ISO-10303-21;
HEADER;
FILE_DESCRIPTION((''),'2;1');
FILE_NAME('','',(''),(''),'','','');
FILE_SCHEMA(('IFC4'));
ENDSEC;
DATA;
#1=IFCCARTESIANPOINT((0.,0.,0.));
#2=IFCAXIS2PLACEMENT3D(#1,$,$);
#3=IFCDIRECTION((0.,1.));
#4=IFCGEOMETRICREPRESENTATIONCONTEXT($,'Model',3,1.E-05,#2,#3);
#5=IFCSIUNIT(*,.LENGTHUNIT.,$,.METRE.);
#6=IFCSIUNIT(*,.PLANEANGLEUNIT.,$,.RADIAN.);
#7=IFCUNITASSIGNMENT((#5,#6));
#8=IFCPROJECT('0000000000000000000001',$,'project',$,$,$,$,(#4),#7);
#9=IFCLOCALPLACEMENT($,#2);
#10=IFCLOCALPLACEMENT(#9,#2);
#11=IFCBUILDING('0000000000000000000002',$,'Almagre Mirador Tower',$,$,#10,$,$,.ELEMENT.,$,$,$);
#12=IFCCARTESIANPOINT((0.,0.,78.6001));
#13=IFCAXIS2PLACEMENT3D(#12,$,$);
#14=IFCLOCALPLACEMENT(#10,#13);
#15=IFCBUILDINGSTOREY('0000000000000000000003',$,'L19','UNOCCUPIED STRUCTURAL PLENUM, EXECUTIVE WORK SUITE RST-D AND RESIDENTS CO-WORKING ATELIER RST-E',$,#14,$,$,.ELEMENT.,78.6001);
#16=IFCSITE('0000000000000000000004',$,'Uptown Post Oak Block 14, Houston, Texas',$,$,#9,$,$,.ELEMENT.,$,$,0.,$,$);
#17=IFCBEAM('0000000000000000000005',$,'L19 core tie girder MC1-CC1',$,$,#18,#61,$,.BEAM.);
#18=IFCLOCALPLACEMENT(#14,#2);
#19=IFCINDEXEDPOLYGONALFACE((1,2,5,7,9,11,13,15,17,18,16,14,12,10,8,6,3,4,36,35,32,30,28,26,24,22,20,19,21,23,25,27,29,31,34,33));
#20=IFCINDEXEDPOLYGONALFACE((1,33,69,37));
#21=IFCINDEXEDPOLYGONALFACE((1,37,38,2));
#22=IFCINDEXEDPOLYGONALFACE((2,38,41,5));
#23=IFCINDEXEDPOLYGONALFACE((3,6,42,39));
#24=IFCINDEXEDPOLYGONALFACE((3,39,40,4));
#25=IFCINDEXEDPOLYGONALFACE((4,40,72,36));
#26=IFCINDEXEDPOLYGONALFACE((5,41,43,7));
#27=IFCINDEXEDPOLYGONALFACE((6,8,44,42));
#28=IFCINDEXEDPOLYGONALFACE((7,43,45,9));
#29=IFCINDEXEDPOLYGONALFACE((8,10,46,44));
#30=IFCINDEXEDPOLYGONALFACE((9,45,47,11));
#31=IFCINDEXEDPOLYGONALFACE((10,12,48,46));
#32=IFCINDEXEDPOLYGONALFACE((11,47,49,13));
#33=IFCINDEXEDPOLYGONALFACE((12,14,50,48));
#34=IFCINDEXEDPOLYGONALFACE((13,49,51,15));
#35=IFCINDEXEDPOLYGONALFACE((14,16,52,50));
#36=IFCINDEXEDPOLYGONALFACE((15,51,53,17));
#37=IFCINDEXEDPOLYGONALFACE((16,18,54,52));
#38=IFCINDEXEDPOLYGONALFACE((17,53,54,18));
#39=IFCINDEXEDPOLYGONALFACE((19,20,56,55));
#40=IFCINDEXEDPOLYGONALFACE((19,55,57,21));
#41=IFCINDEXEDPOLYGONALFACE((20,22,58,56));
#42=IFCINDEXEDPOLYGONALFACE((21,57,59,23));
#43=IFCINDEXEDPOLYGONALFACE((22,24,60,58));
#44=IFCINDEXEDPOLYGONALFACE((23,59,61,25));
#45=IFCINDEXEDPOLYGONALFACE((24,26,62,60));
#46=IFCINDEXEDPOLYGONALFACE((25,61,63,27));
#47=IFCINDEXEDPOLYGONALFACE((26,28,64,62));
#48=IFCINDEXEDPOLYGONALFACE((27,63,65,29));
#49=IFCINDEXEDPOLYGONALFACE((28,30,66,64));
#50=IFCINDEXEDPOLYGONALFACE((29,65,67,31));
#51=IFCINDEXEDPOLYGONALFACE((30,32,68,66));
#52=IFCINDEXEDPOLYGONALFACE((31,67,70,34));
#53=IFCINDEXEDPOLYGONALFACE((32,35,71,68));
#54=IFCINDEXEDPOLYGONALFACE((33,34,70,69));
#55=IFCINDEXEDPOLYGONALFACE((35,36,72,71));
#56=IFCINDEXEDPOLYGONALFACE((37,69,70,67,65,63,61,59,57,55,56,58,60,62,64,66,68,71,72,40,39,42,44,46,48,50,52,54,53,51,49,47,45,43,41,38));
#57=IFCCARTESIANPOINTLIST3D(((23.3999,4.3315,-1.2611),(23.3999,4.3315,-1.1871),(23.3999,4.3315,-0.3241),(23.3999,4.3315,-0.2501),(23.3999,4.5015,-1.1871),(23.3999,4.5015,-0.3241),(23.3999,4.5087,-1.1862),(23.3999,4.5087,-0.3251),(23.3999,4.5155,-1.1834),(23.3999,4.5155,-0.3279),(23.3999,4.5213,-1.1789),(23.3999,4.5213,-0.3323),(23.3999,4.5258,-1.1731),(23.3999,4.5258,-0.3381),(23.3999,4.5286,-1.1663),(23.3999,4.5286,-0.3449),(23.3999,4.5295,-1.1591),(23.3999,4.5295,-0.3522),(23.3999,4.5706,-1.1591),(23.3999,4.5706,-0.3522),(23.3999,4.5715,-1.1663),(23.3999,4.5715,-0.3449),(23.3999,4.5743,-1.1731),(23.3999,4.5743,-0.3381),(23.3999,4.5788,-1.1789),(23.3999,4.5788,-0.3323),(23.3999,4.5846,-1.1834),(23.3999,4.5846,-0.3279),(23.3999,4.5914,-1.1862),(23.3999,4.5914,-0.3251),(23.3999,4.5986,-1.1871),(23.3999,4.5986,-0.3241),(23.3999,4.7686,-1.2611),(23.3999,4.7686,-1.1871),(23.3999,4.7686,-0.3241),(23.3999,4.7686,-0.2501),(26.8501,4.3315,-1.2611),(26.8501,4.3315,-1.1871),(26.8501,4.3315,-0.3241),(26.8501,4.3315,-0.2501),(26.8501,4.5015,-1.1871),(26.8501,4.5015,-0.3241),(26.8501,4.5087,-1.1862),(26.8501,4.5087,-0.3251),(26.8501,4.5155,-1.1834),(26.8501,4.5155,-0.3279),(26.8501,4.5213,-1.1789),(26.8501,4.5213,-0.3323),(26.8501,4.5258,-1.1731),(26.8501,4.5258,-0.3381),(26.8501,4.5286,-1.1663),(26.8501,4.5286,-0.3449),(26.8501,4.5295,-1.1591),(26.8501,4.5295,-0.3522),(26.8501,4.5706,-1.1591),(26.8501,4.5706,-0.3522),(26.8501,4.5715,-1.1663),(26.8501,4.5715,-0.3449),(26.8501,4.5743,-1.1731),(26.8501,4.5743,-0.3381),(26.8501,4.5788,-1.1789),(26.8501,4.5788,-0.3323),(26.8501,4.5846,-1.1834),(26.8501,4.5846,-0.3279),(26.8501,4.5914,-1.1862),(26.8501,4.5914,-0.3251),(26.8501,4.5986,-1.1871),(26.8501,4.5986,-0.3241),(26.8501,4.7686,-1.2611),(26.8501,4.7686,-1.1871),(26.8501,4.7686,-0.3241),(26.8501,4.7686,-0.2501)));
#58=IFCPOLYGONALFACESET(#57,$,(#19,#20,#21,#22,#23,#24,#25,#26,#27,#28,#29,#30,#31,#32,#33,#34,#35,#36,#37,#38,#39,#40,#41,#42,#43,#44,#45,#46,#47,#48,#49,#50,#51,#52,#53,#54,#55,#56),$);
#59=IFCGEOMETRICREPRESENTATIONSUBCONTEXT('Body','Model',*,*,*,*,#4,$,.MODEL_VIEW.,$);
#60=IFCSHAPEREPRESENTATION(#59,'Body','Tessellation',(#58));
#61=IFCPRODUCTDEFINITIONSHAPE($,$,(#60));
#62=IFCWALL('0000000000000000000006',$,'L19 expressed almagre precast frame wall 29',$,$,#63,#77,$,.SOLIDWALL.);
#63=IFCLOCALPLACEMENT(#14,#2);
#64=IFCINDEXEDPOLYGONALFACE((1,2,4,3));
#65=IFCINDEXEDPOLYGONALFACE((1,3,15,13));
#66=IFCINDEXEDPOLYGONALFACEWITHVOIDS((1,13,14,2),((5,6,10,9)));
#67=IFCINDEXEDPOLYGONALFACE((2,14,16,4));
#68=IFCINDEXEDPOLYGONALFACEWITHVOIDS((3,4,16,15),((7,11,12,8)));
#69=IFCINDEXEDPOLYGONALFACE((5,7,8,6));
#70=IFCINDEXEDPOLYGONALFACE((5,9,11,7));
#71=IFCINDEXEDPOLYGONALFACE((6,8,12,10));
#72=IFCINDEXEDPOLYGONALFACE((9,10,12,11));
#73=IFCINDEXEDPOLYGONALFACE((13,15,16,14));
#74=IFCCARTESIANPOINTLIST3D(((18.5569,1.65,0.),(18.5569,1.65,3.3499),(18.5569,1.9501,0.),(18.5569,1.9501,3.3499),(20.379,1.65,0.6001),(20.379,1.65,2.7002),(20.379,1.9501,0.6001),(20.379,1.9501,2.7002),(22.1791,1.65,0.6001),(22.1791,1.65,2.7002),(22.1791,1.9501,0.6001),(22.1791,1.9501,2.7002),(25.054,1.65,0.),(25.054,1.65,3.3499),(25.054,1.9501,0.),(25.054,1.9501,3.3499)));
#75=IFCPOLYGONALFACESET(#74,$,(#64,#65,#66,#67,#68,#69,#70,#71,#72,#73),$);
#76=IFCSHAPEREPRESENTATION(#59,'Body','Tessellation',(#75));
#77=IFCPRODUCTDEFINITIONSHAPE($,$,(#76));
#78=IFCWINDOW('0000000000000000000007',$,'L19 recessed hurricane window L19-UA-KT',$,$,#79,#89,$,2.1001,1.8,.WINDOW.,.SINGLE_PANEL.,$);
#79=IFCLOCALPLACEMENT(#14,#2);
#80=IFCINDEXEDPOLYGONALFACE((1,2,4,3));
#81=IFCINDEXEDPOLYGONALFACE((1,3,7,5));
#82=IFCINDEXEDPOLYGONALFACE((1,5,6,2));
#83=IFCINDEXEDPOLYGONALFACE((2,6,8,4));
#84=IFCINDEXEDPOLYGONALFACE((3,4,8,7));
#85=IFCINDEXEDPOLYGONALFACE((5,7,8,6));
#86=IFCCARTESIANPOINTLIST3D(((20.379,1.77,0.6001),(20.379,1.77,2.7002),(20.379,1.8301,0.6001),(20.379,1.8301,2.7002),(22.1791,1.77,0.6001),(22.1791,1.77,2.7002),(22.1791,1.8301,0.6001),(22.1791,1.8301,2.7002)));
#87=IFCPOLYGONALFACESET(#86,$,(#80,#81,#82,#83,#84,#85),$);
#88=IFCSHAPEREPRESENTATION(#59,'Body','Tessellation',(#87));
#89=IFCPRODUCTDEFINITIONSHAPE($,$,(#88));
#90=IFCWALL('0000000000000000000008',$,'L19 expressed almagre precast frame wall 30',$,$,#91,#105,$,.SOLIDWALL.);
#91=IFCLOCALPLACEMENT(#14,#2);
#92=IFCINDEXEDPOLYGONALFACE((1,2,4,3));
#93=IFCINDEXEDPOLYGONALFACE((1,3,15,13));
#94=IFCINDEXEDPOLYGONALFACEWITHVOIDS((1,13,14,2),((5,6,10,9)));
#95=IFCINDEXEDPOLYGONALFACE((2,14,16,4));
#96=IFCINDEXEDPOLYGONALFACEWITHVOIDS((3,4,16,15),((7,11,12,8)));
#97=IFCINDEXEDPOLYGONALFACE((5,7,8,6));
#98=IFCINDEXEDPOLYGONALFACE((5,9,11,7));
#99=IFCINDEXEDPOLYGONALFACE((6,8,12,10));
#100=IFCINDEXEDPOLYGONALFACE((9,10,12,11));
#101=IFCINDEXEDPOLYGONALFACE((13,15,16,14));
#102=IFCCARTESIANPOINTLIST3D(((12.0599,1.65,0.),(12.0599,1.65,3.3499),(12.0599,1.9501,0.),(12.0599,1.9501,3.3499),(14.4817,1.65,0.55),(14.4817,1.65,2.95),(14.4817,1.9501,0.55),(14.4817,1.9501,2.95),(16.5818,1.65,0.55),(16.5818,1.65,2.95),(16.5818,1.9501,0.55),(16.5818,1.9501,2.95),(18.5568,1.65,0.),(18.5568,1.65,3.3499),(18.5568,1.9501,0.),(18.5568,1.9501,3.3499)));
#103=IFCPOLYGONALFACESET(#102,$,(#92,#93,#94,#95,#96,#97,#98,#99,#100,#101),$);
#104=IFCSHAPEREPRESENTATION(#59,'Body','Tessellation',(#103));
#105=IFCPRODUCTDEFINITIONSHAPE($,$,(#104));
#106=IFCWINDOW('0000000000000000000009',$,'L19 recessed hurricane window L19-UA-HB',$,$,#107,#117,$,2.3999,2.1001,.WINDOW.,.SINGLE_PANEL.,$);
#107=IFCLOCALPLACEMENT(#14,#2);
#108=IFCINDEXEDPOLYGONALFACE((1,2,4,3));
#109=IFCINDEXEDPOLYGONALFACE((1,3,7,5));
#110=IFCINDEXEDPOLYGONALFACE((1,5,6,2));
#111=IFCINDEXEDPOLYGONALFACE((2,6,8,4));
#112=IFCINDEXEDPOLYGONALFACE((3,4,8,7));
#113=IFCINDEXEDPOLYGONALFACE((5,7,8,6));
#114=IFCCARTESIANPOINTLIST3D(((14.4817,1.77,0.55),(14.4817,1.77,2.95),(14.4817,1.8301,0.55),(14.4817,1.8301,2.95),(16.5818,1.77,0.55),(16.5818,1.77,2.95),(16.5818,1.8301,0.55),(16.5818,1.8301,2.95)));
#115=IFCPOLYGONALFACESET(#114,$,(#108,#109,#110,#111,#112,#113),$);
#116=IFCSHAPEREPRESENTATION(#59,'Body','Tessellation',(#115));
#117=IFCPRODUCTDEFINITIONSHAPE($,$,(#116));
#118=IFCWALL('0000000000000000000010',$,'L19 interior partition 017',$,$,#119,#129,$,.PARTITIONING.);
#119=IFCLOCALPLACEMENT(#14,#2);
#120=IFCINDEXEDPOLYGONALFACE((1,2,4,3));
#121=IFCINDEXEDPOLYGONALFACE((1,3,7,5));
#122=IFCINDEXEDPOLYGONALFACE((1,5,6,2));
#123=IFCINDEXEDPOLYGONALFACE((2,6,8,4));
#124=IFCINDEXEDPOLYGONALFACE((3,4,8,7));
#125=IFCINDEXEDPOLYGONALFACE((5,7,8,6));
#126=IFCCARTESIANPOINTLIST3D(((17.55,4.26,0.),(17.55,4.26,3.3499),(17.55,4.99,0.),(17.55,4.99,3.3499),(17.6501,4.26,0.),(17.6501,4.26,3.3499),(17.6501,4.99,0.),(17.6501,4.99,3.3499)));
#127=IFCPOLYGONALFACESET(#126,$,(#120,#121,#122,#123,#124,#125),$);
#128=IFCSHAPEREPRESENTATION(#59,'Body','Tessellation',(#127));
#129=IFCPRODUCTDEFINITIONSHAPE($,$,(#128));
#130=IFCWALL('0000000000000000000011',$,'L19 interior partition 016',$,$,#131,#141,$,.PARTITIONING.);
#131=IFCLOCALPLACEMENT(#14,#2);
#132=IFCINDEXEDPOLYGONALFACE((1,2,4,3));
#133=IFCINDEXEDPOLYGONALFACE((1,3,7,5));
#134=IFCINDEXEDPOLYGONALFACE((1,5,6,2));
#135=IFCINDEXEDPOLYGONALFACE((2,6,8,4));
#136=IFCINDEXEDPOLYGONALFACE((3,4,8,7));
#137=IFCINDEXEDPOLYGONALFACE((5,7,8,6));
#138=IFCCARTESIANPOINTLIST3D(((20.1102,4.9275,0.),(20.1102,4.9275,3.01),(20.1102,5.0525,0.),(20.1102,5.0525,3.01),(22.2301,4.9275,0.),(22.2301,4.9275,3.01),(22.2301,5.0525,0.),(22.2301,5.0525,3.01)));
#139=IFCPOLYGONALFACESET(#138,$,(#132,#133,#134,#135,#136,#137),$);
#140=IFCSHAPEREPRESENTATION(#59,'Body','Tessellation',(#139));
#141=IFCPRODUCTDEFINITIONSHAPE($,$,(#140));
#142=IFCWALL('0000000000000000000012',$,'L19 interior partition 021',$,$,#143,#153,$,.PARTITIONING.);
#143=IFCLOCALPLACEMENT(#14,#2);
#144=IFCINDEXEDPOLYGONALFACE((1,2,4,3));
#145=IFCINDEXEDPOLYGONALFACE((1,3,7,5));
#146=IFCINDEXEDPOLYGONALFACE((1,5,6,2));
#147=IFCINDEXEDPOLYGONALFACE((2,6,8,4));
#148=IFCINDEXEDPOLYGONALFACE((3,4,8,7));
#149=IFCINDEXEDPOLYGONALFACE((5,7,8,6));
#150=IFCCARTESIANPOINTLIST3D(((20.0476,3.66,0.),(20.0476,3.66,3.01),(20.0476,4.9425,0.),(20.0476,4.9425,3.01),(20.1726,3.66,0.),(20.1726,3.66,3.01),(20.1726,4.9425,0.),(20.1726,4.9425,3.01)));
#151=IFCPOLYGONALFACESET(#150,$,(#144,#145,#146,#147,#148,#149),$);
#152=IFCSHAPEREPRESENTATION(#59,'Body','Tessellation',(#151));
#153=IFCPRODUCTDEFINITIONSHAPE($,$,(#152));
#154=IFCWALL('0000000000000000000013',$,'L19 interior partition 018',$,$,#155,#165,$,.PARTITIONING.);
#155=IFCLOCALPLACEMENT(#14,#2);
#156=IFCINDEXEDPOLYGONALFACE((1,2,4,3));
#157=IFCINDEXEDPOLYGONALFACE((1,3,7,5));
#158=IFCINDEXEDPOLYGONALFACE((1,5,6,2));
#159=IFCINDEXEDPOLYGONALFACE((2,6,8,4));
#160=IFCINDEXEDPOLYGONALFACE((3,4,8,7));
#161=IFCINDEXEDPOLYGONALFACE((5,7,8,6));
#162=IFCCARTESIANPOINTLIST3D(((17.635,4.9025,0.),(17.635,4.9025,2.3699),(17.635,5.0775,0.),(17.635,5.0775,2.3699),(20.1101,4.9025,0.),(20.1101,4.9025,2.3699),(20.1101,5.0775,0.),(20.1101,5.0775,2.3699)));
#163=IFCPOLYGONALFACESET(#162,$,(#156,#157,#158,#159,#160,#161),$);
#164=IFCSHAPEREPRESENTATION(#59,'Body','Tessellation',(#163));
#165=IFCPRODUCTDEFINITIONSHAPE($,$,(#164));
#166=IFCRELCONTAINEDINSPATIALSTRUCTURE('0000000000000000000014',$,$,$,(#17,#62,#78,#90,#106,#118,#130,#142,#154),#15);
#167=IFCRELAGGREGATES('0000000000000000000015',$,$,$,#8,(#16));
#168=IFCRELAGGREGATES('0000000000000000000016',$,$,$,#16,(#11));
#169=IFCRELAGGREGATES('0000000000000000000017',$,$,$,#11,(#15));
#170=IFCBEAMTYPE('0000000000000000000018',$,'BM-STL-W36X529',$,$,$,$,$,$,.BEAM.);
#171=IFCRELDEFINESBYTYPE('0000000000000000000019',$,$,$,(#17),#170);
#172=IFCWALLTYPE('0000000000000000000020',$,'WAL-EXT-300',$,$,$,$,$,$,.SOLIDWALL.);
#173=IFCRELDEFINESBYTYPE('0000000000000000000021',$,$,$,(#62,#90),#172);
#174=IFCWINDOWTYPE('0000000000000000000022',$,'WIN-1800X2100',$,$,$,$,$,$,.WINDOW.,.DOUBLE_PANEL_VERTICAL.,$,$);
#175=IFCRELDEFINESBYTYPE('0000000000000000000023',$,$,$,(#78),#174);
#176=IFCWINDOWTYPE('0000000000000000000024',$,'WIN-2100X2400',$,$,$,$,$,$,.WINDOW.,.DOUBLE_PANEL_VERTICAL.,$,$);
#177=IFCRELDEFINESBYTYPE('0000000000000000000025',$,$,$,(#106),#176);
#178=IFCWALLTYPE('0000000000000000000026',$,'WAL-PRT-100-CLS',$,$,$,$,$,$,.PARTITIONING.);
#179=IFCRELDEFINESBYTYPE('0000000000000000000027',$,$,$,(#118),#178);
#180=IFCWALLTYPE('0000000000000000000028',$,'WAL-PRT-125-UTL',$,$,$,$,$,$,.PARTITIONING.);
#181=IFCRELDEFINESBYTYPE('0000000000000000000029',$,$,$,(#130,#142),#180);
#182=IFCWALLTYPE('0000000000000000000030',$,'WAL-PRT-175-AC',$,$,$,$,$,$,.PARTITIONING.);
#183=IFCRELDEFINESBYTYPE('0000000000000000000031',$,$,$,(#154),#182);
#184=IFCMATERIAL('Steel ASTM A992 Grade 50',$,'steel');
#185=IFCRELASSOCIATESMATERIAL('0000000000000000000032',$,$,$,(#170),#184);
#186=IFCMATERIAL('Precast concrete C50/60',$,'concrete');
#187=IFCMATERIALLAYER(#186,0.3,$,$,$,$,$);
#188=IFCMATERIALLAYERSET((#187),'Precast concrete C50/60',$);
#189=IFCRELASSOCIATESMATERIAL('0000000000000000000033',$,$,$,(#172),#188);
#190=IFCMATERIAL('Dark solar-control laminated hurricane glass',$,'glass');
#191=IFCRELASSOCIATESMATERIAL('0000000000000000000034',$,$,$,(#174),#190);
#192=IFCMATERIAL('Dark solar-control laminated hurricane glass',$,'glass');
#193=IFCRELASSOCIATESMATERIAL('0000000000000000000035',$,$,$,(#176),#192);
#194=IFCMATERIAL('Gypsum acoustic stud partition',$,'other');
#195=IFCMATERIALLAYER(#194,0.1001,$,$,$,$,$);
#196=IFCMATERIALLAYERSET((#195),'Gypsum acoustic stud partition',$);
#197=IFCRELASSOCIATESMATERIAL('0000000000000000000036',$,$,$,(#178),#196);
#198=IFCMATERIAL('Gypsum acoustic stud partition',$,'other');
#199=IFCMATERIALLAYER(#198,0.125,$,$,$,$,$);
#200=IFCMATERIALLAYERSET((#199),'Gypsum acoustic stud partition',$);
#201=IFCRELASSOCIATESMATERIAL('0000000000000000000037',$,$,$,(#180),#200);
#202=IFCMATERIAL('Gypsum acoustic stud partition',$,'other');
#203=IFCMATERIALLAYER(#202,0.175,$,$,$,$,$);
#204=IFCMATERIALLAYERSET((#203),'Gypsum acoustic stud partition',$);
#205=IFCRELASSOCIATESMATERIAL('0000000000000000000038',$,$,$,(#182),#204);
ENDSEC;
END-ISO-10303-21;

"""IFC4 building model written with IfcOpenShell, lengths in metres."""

from ifc_helpers import new_model, si_unit, direction, frame, frame_2d, origin, origin_2d, place, context, subcontext, project, spatial, rectangle, i_section, extrude, material, layer, layer_set, material_profile, profile_set, type_object, element, fill, save


model = new_model("IFC4")

# Units and contexts
model_context = context("Model", 3, precision=1e-05, world=origin(), true_north=direction((0.0, 1.0)))
body_context = subcontext(model_context, "Body", "Model", "MODEL_VIEW")
ifc_project = project(units=[si_unit("LENGTHUNIT", "METRE"), si_unit("PLANEANGLEUNIT", "RADIAN")], contexts=[model_context])

# Site, building, storey
site_placement = place(None, origin())
site = spatial("IfcSite", under=ifc_project, at=site_placement, Name="Uptown Post Oak Block 14, Houston, Texas", CompositionType="ELEMENT", RefElevation=0.0)
building_placement = place(site_placement, origin())
building = spatial("IfcBuilding", under=site, at=building_placement, Name="Almagre Mirador Tower", CompositionType="ELEMENT")
storey_placement = place(building_placement, frame((0.0, 0.0, 78.6001)))
storey = spatial("IfcBuildingStorey", under=building, at=storey_placement, Name="L19", Description="UNOCCUPIED STRUCTURAL PLENUM, EXECUTIVE WORK SUITE RST-D AND RESIDENTS CO-WORKING ATELIER RST-E", CompositionType="ELEMENT", Elevation=78.6001)

# Beam
ifc_material_1 = material(Name="Steel ASTM A992 Grade 50", Category="steel")
ifc_material_profile_1 = material_profile(ifc_material_1, i_section(OverallWidth=0.437, OverallDepth=1.011, WebThickness=0.041, FlangeThickness=0.074, FilletRadius=0.0281, at=origin_2d()), Name="W36X529")
ifc_profile_set_1 = profile_set([ifc_material_profile_1], Name="Steel ASTM A992 Grade 50")
beam_type_1 = type_object("IfcBeamType", Name="BM-STL-W36X529", PredefinedType="BEAM", material=ifc_profile_set_1)
beam_1_placement = place(storey_placement, frame((23.3999, 4.55, -0.7556), z_axis=(1.0, 0.0, 0.0), x_axis=(0.0, 1.0, 0.0)))
element("IfcBeam", 1, at=beam_1_placement, inside=storey, type_object=beam_type_1, Name="L19 core tie girder MC1-CC1", PredefinedType="BEAM", context=body_context, shape_type="SweptSolid", body=[
    extrude(i_section(OverallWidth=0.437, OverallDepth=1.011, WebThickness=0.041, FlangeThickness=0.074, FilletRadius=0.0281, at=origin_2d()), origin(), (0.0, 0.0, 1.0), 3.4502),
])

# Walls, openings, windows
ifc_material_2 = material(Name="Precast concrete C50/60", Category="concrete")
ifc_layer_1 = layer(ifc_material_2, 0.3)
ifc_layer_set_1 = layer_set([ifc_layer_1], Name="Precast concrete C50/60")
wall_type_1 = type_object("IfcWallType", Name="WAL-EXT-300", PredefinedType="SOLIDWALL", material=ifc_layer_set_1)
wall_1_placement = place(storey_placement, frame((25.054, 1.8, 0.0), z_axis=(0.0, 0.0, 1.0), x_axis=(-1.0, 0.0, 0.0)))
wall_1 = element("IfcWall", 2, at=wall_1_placement, inside=storey, type_object=wall_type_1, Name="L19 expressed almagre precast frame wall 29", PredefinedType="SOLIDWALL", context=body_context, shape_type="SweptSolid", body=[
    extrude(rectangle(XDim=6.4971, YDim=0.3, at=frame_2d((3.2485, 0.0))), origin(), (0.0, 0.0, 1.0), 3.3499),
])
opening_1_placement = place(wall_1_placement, frame((2.875, 0.0, 0.6001)))
opening_1 = element("IfcOpeningElement", 3, at=opening_1_placement, cuts=wall_1, PredefinedType="OPENING", context=body_context, shape_type="SweptSolid", body=[
    extrude(rectangle(XDim=1.8, YDim=2.1001, at=frame_2d((0.8999, 1.05))), frame((0.0, 0.1599, 0.0), z_axis=(0.0, -1.0, 0.0), x_axis=(1.0, 0.0, 0.0)), (0.0, 0.0, 1.0), 0.32),
])
ifc_material_3 = material(Name="Dark solar-control laminated hurricane glass", Category="glass")
window_type_1 = type_object("IfcWindowType", Name="WIN-1800X2100", PartitioningType="DOUBLE_PANEL_VERTICAL", PredefinedType="WINDOW", material=ifc_material_3)
window_1_placement = place(opening_1_placement, origin())
window_1 = element("IfcWindow", 4, at=window_1_placement, inside=storey, type_object=window_type_1, Name="L19 recessed hurricane window L19-UA-KT", OverallHeight=2.1001, OverallWidth=1.8, PartitioningType="SINGLE_PANEL", PredefinedType="WINDOW", context=body_context, shape_type="SweptSolid", body=[
    extrude(rectangle(XDim=1.8, YDim=2.1001, at=frame_2d((0.8999, 1.05))), frame((0.0, 0.03, 0.0), z_axis=(0.0, -1.0, 0.0), x_axis=(1.0, 0.0, 0.0)), (0.0, 0.0, 1.0), 0.0601),
])
fill(opening_1, window_1)
wall_2_placement = place(storey_placement, frame((18.5569, 1.8, 0.0), z_axis=(0.0, 0.0, 1.0), x_axis=(-1.0, 0.0, 0.0)))
wall_2 = element("IfcWall", 5, at=wall_2_placement, inside=storey, type_object=wall_type_1, Name="L19 expressed almagre precast frame wall 30", PredefinedType="SOLIDWALL", context=body_context, shape_type="SweptSolid", body=[
    extrude(rectangle(XDim=6.4968, YDim=0.3, at=frame_2d((3.2485, 0.0))), origin(), (0.0, 0.0, 1.0), 3.3499),
])
opening_2_placement = place(wall_2_placement, frame((1.9751, 0.0, 0.55)))
opening_2 = element("IfcOpeningElement", 6, at=opening_2_placement, cuts=wall_2, PredefinedType="OPENING", context=body_context, shape_type="SweptSolid", body=[
    extrude(rectangle(XDim=2.1001, YDim=2.3999, at=frame_2d((1.05, 1.2))), frame((0.0, 0.1599, 0.0), z_axis=(0.0, -1.0, 0.0), x_axis=(1.0, 0.0, 0.0)), (0.0, 0.0, 1.0), 0.32),
])
ifc_material_4 = material(Name="Dark solar-control laminated hurricane glass", Category="glass")
window_type_2 = type_object("IfcWindowType", Name="WIN-2100X2400", PartitioningType="DOUBLE_PANEL_VERTICAL", PredefinedType="WINDOW", material=ifc_material_4)
window_2_placement = place(opening_2_placement, origin())
window_2 = element("IfcWindow", 7, at=window_2_placement, inside=storey, type_object=window_type_2, Name="L19 recessed hurricane window L19-UA-HB", OverallHeight=2.3999, OverallWidth=2.1001, PartitioningType="SINGLE_PANEL", PredefinedType="WINDOW", context=body_context, shape_type="SweptSolid", body=[
    extrude(rectangle(XDim=2.1001, YDim=2.3999, at=frame_2d((1.05, 1.2))), frame((0.0, 0.03, 0.0), z_axis=(0.0, -1.0, 0.0), x_axis=(1.0, 0.0, 0.0)), (0.0, 0.0, 1.0), 0.0601),
])
fill(opening_2, window_2)

# Walls
ifc_material_5 = material(Name="Gypsum acoustic stud partition", Category="other")
ifc_layer_2 = layer(ifc_material_5, 0.1001)
ifc_layer_set_2 = layer_set([ifc_layer_2], Name="Gypsum acoustic stud partition")
wall_type_2 = type_object("IfcWallType", Name="WAL-PRT-100-CLS", PredefinedType="PARTITIONING", material=ifc_layer_set_2)
wall_3_placement = place(storey_placement, frame((17.6001, 4.26, 0.0), z_axis=(0.0, 0.0, 1.0), x_axis=(0.0, 1.0, 0.0)))
element("IfcWall", 8, at=wall_3_placement, inside=storey, type_object=wall_type_2, Name="L19 interior partition 017", PredefinedType="PARTITIONING", context=body_context, shape_type="SweptSolid", body=[
    extrude(rectangle(XDim=0.73, YDim=0.1001, at=frame_2d((0.365, 0.0))), origin(), (0.0, 0.0, 1.0), 3.3499),
])
ifc_material_6 = material(Name="Gypsum acoustic stud partition", Category="other")
ifc_layer_3 = layer(ifc_material_6, 0.125)
ifc_layer_set_3 = layer_set([ifc_layer_3], Name="Gypsum acoustic stud partition")
wall_type_3 = type_object("IfcWallType", Name="WAL-PRT-125-UTL", PredefinedType="PARTITIONING", material=ifc_layer_set_3)
wall_4_placement = place(storey_placement, frame((20.1101, 4.99, 0.0), z_axis=(0.0, 0.0, 1.0), x_axis=(1.0, 0.0, 0.0)))
element("IfcWall", 9, at=wall_4_placement, inside=storey, type_object=wall_type_3, Name="L19 interior partition 016", PredefinedType="PARTITIONING", context=body_context, shape_type="SweptSolid", body=[
    extrude(rectangle(XDim=2.1199, YDim=0.125, at=frame_2d((1.0601, 0.0))), origin(), (0.0, 0.0, 1.0), 3.01),
])
wall_5_placement = place(storey_placement, frame((20.1101, 4.9424, 0.0), z_axis=(0.0, 0.0, 1.0), x_axis=(0.0, -1.0, 0.0)))
element("IfcWall", 10, at=wall_5_placement, inside=storey, type_object=wall_type_3, Name="L19 interior partition 021", PredefinedType="PARTITIONING", context=body_context, shape_type="SweptSolid", body=[
    extrude(rectangle(XDim=1.2825, YDim=0.125, at=frame_2d((0.6411, 0.0))), origin(), (0.0, 0.0, 1.0), 3.01),
])
ifc_material_7 = material(Name="Gypsum acoustic stud partition", Category="other")
ifc_layer_4 = layer(ifc_material_7, 0.175)
ifc_layer_set_4 = layer_set([ifc_layer_4], Name="Gypsum acoustic stud partition")
wall_type_4 = type_object("IfcWallType", Name="WAL-PRT-175-AC", PredefinedType="PARTITIONING", material=ifc_layer_set_4)
wall_6_placement = place(storey_placement, frame((17.635, 4.99, 0.0), z_axis=(0.0, 0.0, 1.0), x_axis=(1.0, 0.0, 0.0)))
element("IfcWall", 11, at=wall_6_placement, inside=storey, type_object=wall_type_4, Name="L19 interior partition 018", PredefinedType="PARTITIONING", context=body_context, shape_type="SweptSolid", body=[
    extrude(rectangle(XDim=2.4751, YDim=0.175, at=frame_2d((1.2375, 0.0))), origin(), (0.0, 0.0, 1.0), 2.3699),
])

save(model, "model.ifc")
